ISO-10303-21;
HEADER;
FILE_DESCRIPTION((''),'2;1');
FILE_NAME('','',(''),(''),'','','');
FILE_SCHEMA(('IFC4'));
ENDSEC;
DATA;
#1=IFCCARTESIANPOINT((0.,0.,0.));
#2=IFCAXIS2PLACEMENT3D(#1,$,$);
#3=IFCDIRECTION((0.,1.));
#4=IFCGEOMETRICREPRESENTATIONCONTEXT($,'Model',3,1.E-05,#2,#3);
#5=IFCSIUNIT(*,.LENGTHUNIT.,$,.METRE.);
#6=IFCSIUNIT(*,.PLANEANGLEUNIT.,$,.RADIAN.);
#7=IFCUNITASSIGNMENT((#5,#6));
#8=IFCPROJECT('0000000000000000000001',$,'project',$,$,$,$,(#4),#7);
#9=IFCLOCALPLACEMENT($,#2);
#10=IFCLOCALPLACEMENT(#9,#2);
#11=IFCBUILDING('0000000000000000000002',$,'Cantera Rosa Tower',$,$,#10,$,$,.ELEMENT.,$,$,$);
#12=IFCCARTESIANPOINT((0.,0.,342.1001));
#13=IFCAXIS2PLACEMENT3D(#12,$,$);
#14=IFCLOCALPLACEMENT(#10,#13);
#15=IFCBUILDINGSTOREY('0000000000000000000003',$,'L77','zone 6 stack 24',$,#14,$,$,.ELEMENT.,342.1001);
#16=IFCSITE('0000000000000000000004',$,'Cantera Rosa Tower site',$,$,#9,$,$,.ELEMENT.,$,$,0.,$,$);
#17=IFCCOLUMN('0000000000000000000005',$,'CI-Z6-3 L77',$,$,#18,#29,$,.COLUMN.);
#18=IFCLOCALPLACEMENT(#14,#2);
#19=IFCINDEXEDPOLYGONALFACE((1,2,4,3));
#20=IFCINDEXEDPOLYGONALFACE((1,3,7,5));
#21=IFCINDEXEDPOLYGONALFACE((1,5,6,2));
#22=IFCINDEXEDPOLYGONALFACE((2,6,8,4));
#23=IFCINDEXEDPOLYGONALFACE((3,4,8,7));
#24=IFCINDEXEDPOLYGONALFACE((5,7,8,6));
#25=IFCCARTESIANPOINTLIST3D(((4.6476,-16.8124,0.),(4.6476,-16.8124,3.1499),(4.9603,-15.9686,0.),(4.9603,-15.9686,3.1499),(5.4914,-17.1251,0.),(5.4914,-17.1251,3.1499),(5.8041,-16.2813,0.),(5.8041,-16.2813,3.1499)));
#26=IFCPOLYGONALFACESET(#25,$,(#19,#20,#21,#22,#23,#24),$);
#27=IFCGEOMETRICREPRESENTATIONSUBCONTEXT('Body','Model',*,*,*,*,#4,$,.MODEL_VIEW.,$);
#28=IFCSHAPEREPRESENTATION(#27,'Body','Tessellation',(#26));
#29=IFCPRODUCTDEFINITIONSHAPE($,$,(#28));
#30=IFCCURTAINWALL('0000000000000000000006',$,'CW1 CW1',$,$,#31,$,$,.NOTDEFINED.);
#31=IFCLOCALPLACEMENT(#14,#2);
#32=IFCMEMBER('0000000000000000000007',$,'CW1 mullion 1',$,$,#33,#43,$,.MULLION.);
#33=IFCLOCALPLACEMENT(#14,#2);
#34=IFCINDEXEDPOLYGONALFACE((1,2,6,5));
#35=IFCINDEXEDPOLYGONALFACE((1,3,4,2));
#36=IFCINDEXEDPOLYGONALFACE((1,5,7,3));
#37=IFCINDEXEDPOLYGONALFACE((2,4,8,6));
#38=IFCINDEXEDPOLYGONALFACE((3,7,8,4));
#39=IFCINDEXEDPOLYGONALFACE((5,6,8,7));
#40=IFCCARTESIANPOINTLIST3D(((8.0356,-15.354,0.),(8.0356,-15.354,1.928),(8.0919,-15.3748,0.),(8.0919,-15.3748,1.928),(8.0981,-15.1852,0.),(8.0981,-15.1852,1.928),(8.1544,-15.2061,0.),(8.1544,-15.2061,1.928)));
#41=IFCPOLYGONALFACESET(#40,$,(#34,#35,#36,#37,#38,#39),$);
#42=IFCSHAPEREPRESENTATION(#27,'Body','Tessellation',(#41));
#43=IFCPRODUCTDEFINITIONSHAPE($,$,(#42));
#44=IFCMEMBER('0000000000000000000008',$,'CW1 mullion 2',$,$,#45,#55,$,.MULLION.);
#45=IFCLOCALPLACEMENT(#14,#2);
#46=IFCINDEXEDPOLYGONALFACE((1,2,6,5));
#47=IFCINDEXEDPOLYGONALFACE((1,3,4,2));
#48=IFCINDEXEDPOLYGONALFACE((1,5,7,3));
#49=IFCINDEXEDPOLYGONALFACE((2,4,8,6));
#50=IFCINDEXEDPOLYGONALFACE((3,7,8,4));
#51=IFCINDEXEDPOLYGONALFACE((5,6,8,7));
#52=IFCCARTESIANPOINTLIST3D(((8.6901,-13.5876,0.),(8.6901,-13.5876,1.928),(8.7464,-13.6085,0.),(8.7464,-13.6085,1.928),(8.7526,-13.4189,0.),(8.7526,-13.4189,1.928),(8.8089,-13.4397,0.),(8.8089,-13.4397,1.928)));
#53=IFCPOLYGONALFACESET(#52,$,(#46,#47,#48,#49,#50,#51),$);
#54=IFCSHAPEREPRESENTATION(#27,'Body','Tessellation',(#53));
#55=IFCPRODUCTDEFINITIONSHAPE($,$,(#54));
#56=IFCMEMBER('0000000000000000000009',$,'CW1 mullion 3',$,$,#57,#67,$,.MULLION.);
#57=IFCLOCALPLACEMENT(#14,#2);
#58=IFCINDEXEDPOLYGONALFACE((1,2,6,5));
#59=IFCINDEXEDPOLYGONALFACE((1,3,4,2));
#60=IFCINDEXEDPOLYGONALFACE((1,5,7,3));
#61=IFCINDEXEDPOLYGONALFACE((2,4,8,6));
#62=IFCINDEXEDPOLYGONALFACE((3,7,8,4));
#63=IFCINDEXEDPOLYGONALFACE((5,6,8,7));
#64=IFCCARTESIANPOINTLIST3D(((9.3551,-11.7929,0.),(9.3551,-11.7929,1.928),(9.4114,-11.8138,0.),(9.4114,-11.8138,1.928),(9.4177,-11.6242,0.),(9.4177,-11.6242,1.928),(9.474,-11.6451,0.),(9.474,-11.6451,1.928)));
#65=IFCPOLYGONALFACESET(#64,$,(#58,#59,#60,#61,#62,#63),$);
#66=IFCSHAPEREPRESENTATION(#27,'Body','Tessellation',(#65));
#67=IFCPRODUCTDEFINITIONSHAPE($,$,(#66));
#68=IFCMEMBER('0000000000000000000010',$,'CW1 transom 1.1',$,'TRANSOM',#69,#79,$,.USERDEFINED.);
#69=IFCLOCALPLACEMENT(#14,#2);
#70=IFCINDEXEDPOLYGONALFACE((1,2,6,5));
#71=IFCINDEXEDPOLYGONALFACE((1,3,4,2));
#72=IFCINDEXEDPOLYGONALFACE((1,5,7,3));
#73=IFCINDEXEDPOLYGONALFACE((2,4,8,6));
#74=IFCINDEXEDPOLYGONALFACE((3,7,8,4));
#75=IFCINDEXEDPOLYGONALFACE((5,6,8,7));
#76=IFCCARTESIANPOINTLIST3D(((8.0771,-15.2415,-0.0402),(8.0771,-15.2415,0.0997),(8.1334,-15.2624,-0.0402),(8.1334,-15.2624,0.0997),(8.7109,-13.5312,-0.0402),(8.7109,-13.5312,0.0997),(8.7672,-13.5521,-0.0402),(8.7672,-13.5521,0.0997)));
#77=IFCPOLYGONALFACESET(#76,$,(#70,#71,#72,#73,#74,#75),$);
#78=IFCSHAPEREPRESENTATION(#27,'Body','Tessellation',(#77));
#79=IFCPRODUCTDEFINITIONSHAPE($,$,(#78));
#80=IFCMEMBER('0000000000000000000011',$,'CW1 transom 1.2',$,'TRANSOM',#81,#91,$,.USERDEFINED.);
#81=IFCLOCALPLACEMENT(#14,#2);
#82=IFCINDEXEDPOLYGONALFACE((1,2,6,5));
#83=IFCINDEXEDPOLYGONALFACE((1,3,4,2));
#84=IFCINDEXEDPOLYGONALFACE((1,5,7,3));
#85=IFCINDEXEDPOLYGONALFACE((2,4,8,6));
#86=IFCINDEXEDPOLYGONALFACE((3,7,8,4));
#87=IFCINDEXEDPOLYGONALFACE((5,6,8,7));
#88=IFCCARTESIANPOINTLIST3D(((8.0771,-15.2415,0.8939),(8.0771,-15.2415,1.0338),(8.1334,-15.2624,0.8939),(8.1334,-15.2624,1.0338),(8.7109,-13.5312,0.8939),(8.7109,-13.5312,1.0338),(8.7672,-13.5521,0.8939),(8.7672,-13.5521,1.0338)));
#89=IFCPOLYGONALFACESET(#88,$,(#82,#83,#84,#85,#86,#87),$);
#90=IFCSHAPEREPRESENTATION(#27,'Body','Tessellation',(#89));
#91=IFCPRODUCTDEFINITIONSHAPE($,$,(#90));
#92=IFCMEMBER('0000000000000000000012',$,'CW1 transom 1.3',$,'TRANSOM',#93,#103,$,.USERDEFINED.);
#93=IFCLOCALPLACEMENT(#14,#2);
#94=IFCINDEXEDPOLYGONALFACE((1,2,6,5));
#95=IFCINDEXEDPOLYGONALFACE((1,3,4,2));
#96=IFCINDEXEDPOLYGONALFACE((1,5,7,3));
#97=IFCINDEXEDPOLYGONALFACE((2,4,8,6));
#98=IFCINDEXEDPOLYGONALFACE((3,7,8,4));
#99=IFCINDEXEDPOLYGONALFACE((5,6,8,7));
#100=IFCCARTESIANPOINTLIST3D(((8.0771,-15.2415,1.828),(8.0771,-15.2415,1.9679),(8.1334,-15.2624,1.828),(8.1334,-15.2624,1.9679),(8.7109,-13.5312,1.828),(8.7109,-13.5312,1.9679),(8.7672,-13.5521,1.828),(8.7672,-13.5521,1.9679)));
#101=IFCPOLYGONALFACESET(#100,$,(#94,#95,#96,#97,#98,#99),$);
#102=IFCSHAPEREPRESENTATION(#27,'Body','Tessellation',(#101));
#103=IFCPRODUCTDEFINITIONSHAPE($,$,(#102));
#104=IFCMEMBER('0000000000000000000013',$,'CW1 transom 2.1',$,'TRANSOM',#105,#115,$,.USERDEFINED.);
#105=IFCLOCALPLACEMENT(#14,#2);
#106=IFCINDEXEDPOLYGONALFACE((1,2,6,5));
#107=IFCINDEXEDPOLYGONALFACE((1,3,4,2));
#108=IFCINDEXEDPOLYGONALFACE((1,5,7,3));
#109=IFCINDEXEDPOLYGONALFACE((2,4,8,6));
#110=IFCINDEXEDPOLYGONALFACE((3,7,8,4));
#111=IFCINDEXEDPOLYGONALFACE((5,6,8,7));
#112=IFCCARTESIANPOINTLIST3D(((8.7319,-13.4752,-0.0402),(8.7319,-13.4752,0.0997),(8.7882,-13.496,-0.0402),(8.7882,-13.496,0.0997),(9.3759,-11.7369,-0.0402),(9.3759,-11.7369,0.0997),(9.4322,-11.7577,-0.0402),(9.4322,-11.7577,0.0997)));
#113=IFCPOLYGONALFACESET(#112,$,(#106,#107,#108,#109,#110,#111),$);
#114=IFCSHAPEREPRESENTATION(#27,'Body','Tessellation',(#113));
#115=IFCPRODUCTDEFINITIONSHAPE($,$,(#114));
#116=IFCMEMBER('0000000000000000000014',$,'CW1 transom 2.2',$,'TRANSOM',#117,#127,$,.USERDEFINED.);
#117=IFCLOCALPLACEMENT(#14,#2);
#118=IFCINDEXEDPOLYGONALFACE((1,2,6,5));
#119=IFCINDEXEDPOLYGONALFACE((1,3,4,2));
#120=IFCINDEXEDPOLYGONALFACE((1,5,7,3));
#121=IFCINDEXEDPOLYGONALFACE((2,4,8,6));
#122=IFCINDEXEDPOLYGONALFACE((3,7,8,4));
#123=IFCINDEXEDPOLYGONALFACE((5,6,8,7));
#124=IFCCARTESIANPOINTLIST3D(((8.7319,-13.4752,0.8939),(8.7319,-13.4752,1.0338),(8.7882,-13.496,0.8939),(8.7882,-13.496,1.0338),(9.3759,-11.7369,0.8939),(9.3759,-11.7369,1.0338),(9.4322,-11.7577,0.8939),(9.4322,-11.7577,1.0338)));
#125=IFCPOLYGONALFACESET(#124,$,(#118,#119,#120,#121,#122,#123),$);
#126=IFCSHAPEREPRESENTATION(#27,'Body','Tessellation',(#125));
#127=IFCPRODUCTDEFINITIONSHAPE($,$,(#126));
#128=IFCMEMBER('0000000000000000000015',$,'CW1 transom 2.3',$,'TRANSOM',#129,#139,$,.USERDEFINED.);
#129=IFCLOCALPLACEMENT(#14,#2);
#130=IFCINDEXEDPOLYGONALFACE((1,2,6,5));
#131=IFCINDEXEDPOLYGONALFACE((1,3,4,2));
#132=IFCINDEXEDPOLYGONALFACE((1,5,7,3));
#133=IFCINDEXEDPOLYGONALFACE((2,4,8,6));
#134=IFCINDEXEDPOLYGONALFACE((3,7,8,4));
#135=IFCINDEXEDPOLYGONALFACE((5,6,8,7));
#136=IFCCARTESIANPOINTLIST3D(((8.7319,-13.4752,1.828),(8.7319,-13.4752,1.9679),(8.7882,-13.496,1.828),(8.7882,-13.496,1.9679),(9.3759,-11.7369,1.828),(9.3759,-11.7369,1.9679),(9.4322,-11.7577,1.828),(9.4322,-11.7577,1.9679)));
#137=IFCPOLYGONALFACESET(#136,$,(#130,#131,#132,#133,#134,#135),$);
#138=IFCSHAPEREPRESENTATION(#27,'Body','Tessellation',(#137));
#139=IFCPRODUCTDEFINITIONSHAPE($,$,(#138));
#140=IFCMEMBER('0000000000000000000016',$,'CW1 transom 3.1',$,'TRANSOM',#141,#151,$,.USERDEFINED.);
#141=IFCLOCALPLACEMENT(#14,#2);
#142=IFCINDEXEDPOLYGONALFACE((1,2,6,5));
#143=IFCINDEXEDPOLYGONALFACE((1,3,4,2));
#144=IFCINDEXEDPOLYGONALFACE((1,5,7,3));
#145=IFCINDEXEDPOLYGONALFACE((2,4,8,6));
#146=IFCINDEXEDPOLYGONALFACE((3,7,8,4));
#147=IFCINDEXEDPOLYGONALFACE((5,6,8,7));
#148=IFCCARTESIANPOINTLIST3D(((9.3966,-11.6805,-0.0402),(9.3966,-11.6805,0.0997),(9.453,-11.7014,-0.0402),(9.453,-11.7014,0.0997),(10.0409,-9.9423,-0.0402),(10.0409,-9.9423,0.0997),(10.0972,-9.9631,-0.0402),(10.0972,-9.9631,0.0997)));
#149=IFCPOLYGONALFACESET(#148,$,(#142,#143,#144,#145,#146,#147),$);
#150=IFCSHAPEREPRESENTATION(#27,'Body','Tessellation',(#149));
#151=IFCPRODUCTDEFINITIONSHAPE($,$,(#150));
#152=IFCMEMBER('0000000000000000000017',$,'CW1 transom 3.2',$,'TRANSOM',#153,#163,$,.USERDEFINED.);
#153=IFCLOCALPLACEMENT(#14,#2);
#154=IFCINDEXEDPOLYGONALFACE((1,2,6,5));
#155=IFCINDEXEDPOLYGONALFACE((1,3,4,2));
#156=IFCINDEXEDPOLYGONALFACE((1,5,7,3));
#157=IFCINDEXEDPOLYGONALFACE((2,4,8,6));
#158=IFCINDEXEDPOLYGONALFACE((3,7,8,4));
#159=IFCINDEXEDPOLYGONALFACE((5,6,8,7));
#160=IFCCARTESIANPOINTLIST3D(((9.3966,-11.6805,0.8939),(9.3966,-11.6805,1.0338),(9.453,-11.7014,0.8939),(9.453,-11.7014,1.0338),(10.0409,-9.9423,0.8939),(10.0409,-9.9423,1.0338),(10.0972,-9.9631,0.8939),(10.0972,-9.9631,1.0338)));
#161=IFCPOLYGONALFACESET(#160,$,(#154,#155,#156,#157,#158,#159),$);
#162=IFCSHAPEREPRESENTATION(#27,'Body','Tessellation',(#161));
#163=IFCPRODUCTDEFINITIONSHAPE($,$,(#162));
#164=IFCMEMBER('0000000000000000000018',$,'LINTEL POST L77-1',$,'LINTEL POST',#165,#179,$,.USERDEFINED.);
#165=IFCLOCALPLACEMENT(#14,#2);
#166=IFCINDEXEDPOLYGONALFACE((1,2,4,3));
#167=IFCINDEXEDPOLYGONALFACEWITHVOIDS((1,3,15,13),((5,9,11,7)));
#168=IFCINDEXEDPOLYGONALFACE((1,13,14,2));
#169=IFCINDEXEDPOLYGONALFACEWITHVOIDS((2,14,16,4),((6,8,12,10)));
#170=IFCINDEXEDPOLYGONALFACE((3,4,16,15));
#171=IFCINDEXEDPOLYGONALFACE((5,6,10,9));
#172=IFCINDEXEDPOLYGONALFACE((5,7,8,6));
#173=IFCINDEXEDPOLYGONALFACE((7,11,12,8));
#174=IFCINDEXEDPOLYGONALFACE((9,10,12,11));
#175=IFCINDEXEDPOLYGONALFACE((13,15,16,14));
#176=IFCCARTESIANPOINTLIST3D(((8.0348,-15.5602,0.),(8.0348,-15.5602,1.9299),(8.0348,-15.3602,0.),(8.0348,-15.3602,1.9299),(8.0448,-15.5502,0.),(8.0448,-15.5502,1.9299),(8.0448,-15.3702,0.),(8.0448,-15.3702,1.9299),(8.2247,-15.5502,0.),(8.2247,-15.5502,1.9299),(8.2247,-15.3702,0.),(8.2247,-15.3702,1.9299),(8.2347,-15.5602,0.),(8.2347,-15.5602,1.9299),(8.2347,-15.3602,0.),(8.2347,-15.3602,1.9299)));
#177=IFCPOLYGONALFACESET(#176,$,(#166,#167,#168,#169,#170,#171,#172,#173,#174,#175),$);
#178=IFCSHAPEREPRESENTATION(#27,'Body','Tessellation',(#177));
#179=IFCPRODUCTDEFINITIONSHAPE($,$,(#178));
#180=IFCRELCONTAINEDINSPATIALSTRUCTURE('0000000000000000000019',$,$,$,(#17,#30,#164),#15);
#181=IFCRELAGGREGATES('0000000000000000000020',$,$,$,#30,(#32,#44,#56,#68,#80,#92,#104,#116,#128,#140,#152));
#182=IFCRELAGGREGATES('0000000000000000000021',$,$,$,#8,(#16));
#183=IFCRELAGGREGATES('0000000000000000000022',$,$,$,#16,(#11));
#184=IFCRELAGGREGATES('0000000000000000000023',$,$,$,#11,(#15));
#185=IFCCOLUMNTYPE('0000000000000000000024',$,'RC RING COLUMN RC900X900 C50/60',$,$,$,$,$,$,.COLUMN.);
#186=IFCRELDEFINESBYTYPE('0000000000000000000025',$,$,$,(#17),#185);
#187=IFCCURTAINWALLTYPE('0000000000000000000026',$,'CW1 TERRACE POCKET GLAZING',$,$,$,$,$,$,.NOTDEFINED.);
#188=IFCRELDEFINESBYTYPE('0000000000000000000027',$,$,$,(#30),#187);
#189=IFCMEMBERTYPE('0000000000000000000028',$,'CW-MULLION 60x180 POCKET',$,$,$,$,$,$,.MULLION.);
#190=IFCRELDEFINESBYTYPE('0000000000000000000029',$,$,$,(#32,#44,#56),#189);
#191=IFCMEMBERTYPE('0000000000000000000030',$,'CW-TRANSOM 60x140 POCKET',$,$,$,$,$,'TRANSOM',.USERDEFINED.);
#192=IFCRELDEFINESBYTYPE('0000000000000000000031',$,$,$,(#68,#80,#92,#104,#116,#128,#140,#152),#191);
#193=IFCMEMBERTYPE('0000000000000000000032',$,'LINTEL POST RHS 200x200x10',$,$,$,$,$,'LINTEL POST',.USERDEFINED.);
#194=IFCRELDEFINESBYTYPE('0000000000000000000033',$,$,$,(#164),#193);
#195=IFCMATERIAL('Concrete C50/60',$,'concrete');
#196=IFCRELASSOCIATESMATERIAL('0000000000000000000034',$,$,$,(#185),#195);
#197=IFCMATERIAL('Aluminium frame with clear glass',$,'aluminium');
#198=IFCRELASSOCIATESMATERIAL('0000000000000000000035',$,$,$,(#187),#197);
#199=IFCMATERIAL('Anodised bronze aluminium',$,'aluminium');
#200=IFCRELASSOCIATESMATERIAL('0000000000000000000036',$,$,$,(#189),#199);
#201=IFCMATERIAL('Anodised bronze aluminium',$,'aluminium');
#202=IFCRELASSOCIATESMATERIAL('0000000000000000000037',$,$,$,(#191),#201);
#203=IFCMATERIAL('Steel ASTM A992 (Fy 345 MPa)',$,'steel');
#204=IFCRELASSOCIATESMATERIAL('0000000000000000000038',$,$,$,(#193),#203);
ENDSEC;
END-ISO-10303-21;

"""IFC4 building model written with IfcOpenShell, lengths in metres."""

from ifc_helpers import new_model, si_unit, direction, frame, origin, origin_2d, place, context, subcontext, project, spatial, rectangle, hollow_rectangle, extrude, material, material_profile, profile_set, type_object, element, aggregate, save


model = new_model("IFC4")

# Units and contexts
model_context = context("Model", 3, precision=1e-05, world=origin(), true_north=direction((0.0, 1.0)))
body_context = subcontext(model_context, "Body", "Model", "MODEL_VIEW")
ifc_project = project(units=[si_unit("LENGTHUNIT", "METRE"), si_unit("PLANEANGLEUNIT", "RADIAN")], contexts=[model_context])

# Site, building, storey
site_placement = place(None, origin())
site = spatial("IfcSite", under=ifc_project, at=site_placement, Name="Cantera Rosa Tower site", CompositionType="ELEMENT", RefElevation=0.0)
building_placement = place(site_placement, origin())
building = spatial("IfcBuilding", under=site, at=building_placement, Name="Cantera Rosa Tower", CompositionType="ELEMENT")
storey_placement = place(building_placement, frame((0.0, 0.0, 342.1001)))
storey = spatial("IfcBuildingStorey", under=building, at=storey_placement, Name="L77", Description="zone 6 stack 24", CompositionType="ELEMENT", Elevation=342.1001)

# Column
ifc_material_1 = material(Name="Concrete C50/60", Category="concrete")
ifc_material_profile_1 = material_profile(ifc_material_1, rectangle(XDim=0.8999, YDim=0.8999, at=origin_2d()), Name="RC RING COLUMN RC900X900 C50/60")
ifc_profile_set_1 = profile_set([ifc_material_profile_1], Name="Concrete C50/60")
column_type = type_object("IfcColumnType", Name="RC RING COLUMN RC900X900 C50/60", PredefinedType="COLUMN", material=ifc_profile_set_1)
column_placement = place(storey_placement, frame((5.2258, -16.5469, 0.0), z_axis=(0.0, 0.0, 1.0), x_axis=(0.347481, 0.937687, 0.0)))
element("IfcColumn", 1, at=column_placement, inside=storey, type_object=column_type, Name="CI-Z6-3 L77", PredefinedType="COLUMN", context=body_context, shape_type="SweptSolid", body=[
    extrude(rectangle(XDim=0.8999, YDim=0.8999, at=origin_2d()), origin(), (0.0, 0.0, 1.0), 3.1499),
])

# Curtain wall, members
ifc_material_2 = material(Name="Aluminium frame with clear glass", Category="aluminium")
curtain_wall_type = type_object("IfcCurtainWallType", Name="CW1 TERRACE POCKET GLAZING", PredefinedType="NOTDEFINED", material=ifc_material_2)
curtain_wall_placement = place(storey_placement, origin())
curtain_wall = element("IfcCurtainWall", 2, at=curtain_wall_placement, inside=storey, type_object=curtain_wall_type, Name="CW1 CW1", PredefinedType="NOTDEFINED")
ifc_material_3 = material(Name="Anodised bronze aluminium", Category="aluminium")
ifc_material_profile_2 = material_profile(ifc_material_3, rectangle(XDim=0.0601, YDim=0.1799, at=origin_2d()), Name="CW-MULLION 60x180 POCKET")
ifc_profile_set_2 = profile_set([ifc_material_profile_2], Name="Anodised bronze aluminium")
member_type_1 = type_object("IfcMemberType", Name="CW-MULLION 60x180 POCKET", PredefinedType="MULLION", material=ifc_profile_set_2)
member_1_placement = place(storey_placement, frame((8.095, -15.28, 0.0), z_axis=(0.0, 0.0, 1.0), x_axis=(-0.937687, 0.347481, 0.0)))
member_1 = element("IfcMember", 3, at=member_1_placement, type_object=member_type_1, Name="CW1 mullion 1", PredefinedType="MULLION", context=body_context, shape_type="SweptSolid", body=[
    extrude(rectangle(XDim=0.0601, YDim=0.1799, at=origin_2d()), origin(), (0.0, 0.0, 1.0), 1.928),
])
member_2_placement = place(storey_placement, frame((8.7495, -13.5137, 0.0), z_axis=(0.0, 0.0, 1.0), x_axis=(-0.937687, 0.347481, 0.0)))
member_2 = element("IfcMember", 4, at=member_2_placement, type_object=member_type_1, Name="CW1 mullion 2", PredefinedType="MULLION", context=body_context, shape_type="SweptSolid", body=[
    extrude(rectangle(XDim=0.0601, YDim=0.1799, at=origin_2d()), origin(), (0.0, 0.0, 1.0), 1.928),
])
member_3_placement = place(storey_placement, frame((9.4146, -11.719, 0.0), z_axis=(0.0, 0.0, 1.0), x_axis=(-0.937687, 0.347481, 0.0)))
member_3 = element("IfcMember", 5, at=member_3_placement, type_object=member_type_1, Name="CW1 mullion 3", PredefinedType="MULLION", context=body_context, shape_type="SweptSolid", body=[
    extrude(rectangle(XDim=0.0601, YDim=0.1799, at=origin_2d()), origin(), (0.0, 0.0, 1.0), 1.928),
])
ifc_material_4 = material(Name="Anodised bronze aluminium", Category="aluminium")
ifc_material_profile_3 = material_profile(ifc_material_4, rectangle(XDim=0.0601, YDim=0.1399, at=origin_2d()), Name="CW-TRANSOM 60x140 POCKET")
ifc_profile_set_3 = profile_set([ifc_material_profile_3], Name="Anodised bronze aluminium")
member_type_2 = type_object("IfcMemberType", Name="CW-TRANSOM 60x140 POCKET", ElementType="TRANSOM", PredefinedType="USERDEFINED", material=ifc_profile_set_3)
member_4_placement = place(storey_placement, frame((8.1052, -15.252, 0.0298), z_axis=(0.347497, 0.937681, 0.0), x_axis=(-0.937681, 0.347497, 0.0)))
member_4 = element("IfcMember", 6, at=member_4_placement, type_object=member_type_2, Name="CW1 transom 1.1", ObjectType="TRANSOM", PredefinedType="USERDEFINED", context=body_context, shape_type="SweptSolid", body=[
    extrude(rectangle(XDim=0.0601, YDim=0.1399, at=origin_2d()), origin(), (0.0, 0.0, 1.0), 1.824),
])
member_5_placement = place(storey_placement, frame((8.1052, -15.252, 0.9639), z_axis=(0.347497, 0.937681, 0.0), x_axis=(-0.937681, 0.347497, 0.0)))
member_5 = element("IfcMember", 7, at=member_5_placement, type_object=member_type_2, Name="CW1 transom 1.2", ObjectType="TRANSOM", PredefinedType="USERDEFINED", context=body_context, shape_type="SweptSolid", body=[
    extrude(rectangle(XDim=0.0601, YDim=0.1399, at=origin_2d()), origin(), (0.0, 0.0, 1.0), 1.824),
])
member_6_placement = place(storey_placement, frame((8.1052, -15.252, 1.8979), z_axis=(0.347497, 0.937681, 0.0), x_axis=(-0.937681, 0.347497, 0.0)))
member_6 = element("IfcMember", 8, at=member_6_placement, type_object=member_type_2, Name="CW1 transom 1.3", ObjectType="TRANSOM", PredefinedType="USERDEFINED", context=body_context, shape_type="SweptSolid", body=[
    extrude(rectangle(XDim=0.0601, YDim=0.1399, at=origin_2d()), origin(), (0.0, 0.0, 1.0), 1.824),
])
member_7_placement = place(storey_placement, frame((8.76, -13.4856, 0.0298), z_axis=(0.347426, 0.937707, 0.0), x_axis=(-0.937707, 0.347426, 0.0)))
member_7 = element("IfcMember", 9, at=member_7_placement, type_object=member_type_2, Name="CW1 transom 2.1", ObjectType="TRANSOM", PredefinedType="USERDEFINED", context=body_context, shape_type="SweptSolid", body=[
    extrude(rectangle(XDim=0.0601, YDim=0.1399, at=origin_2d()), origin(), (0.0, 0.0, 1.0), 1.8538),
])
member_8_placement = place(storey_placement, frame((8.76, -13.4856, 0.9639), z_axis=(0.347426, 0.937707, 0.0), x_axis=(-0.937707, 0.347426, 0.0)))
member_8 = element("IfcMember", 10, at=member_8_placement, type_object=member_type_2, Name="CW1 transom 2.2", ObjectType="TRANSOM", PredefinedType="USERDEFINED", context=body_context, shape_type="SweptSolid", body=[
    extrude(rectangle(XDim=0.0601, YDim=0.1399, at=origin_2d()), origin(), (0.0, 0.0, 1.0), 1.8538),
])
member_9_placement = place(storey_placement, frame((8.76, -13.4856, 1.8979), z_axis=(0.347426, 0.937707, 0.0), x_axis=(-0.937707, 0.347426, 0.0)))
member_9 = element("IfcMember", 11, at=member_9_placement, type_object=member_type_2, Name="CW1 transom 2.3", ObjectType="TRANSOM", PredefinedType="USERDEFINED", context=body_context, shape_type="SweptSolid", body=[
    extrude(rectangle(XDim=0.0601, YDim=0.1399, at=origin_2d()), origin(), (0.0, 0.0, 1.0), 1.8538),
])
member_10_placement = place(storey_placement, frame((9.4248, -11.6909, 0.0298), z_axis=(0.347542, 0.937665, 0.0), x_axis=(-0.937665, 0.347542, 0.0)))
member_10 = element("IfcMember", 12, at=member_10_placement, type_object=member_type_2, Name="CW1 transom 3.1", ObjectType="TRANSOM", PredefinedType="USERDEFINED", context=body_context, shape_type="SweptSolid", body=[
    extrude(rectangle(XDim=0.0601, YDim=0.1399, at=origin_2d()), origin(), (0.0, 0.0, 1.0), 1.8538),
])
member_11_placement = place(storey_placement, frame((9.4248, -11.6909, 0.9639), z_axis=(0.347542, 0.937665, 0.0), x_axis=(-0.937665, 0.347542, 0.0)))
member_11 = element("IfcMember", 13, at=member_11_placement, type_object=member_type_2, Name="CW1 transom 3.2", ObjectType="TRANSOM", PredefinedType="USERDEFINED", context=body_context, shape_type="SweptSolid", body=[
    extrude(rectangle(XDim=0.0601, YDim=0.1399, at=origin_2d()), origin(), (0.0, 0.0, 1.0), 1.8538),
])

# Member
ifc_material_5 = material(Name="Steel ASTM A992 (Fy 345 MPa)", Category="steel")
ifc_material_profile_4 = material_profile(ifc_material_5, hollow_rectangle(XDim=0.2, YDim=0.2, WallThickness=0.01, at=origin_2d()), Name="LINTEL POST RHS 200x200x10")
ifc_profile_set_4 = profile_set([ifc_material_profile_4], Name="Steel ASTM A992 (Fy 345 MPa)")
member_type_3 = type_object("IfcMemberType", Name="LINTEL POST RHS 200x200x10", ElementType="LINTEL POST", PredefinedType="USERDEFINED", material=ifc_profile_set_4)
member_12_placement = place(storey_placement, frame((8.1348, -15.4602, 0.0), z_axis=(0.0, 0.0, 1.0), x_axis=(1.0, 0.0, 0.0)))
element("IfcMember", 14, at=member_12_placement, inside=storey, type_object=member_type_3, Name="LINTEL POST L77-1", ObjectType="LINTEL POST", PredefinedType="USERDEFINED", context=body_context, shape_type="SweptSolid", body=[
    extrude(hollow_rectangle(XDim=0.2, YDim=0.2, WallThickness=0.01, at=origin_2d()), origin(), (0.0, 0.0, 1.0), 1.9299),
])

aggregate(curtain_wall, [member_1, member_2, member_3, member_4, member_5, member_6, member_7, member_8, member_9, member_10, member_11])

save(model, "model.ifc")
